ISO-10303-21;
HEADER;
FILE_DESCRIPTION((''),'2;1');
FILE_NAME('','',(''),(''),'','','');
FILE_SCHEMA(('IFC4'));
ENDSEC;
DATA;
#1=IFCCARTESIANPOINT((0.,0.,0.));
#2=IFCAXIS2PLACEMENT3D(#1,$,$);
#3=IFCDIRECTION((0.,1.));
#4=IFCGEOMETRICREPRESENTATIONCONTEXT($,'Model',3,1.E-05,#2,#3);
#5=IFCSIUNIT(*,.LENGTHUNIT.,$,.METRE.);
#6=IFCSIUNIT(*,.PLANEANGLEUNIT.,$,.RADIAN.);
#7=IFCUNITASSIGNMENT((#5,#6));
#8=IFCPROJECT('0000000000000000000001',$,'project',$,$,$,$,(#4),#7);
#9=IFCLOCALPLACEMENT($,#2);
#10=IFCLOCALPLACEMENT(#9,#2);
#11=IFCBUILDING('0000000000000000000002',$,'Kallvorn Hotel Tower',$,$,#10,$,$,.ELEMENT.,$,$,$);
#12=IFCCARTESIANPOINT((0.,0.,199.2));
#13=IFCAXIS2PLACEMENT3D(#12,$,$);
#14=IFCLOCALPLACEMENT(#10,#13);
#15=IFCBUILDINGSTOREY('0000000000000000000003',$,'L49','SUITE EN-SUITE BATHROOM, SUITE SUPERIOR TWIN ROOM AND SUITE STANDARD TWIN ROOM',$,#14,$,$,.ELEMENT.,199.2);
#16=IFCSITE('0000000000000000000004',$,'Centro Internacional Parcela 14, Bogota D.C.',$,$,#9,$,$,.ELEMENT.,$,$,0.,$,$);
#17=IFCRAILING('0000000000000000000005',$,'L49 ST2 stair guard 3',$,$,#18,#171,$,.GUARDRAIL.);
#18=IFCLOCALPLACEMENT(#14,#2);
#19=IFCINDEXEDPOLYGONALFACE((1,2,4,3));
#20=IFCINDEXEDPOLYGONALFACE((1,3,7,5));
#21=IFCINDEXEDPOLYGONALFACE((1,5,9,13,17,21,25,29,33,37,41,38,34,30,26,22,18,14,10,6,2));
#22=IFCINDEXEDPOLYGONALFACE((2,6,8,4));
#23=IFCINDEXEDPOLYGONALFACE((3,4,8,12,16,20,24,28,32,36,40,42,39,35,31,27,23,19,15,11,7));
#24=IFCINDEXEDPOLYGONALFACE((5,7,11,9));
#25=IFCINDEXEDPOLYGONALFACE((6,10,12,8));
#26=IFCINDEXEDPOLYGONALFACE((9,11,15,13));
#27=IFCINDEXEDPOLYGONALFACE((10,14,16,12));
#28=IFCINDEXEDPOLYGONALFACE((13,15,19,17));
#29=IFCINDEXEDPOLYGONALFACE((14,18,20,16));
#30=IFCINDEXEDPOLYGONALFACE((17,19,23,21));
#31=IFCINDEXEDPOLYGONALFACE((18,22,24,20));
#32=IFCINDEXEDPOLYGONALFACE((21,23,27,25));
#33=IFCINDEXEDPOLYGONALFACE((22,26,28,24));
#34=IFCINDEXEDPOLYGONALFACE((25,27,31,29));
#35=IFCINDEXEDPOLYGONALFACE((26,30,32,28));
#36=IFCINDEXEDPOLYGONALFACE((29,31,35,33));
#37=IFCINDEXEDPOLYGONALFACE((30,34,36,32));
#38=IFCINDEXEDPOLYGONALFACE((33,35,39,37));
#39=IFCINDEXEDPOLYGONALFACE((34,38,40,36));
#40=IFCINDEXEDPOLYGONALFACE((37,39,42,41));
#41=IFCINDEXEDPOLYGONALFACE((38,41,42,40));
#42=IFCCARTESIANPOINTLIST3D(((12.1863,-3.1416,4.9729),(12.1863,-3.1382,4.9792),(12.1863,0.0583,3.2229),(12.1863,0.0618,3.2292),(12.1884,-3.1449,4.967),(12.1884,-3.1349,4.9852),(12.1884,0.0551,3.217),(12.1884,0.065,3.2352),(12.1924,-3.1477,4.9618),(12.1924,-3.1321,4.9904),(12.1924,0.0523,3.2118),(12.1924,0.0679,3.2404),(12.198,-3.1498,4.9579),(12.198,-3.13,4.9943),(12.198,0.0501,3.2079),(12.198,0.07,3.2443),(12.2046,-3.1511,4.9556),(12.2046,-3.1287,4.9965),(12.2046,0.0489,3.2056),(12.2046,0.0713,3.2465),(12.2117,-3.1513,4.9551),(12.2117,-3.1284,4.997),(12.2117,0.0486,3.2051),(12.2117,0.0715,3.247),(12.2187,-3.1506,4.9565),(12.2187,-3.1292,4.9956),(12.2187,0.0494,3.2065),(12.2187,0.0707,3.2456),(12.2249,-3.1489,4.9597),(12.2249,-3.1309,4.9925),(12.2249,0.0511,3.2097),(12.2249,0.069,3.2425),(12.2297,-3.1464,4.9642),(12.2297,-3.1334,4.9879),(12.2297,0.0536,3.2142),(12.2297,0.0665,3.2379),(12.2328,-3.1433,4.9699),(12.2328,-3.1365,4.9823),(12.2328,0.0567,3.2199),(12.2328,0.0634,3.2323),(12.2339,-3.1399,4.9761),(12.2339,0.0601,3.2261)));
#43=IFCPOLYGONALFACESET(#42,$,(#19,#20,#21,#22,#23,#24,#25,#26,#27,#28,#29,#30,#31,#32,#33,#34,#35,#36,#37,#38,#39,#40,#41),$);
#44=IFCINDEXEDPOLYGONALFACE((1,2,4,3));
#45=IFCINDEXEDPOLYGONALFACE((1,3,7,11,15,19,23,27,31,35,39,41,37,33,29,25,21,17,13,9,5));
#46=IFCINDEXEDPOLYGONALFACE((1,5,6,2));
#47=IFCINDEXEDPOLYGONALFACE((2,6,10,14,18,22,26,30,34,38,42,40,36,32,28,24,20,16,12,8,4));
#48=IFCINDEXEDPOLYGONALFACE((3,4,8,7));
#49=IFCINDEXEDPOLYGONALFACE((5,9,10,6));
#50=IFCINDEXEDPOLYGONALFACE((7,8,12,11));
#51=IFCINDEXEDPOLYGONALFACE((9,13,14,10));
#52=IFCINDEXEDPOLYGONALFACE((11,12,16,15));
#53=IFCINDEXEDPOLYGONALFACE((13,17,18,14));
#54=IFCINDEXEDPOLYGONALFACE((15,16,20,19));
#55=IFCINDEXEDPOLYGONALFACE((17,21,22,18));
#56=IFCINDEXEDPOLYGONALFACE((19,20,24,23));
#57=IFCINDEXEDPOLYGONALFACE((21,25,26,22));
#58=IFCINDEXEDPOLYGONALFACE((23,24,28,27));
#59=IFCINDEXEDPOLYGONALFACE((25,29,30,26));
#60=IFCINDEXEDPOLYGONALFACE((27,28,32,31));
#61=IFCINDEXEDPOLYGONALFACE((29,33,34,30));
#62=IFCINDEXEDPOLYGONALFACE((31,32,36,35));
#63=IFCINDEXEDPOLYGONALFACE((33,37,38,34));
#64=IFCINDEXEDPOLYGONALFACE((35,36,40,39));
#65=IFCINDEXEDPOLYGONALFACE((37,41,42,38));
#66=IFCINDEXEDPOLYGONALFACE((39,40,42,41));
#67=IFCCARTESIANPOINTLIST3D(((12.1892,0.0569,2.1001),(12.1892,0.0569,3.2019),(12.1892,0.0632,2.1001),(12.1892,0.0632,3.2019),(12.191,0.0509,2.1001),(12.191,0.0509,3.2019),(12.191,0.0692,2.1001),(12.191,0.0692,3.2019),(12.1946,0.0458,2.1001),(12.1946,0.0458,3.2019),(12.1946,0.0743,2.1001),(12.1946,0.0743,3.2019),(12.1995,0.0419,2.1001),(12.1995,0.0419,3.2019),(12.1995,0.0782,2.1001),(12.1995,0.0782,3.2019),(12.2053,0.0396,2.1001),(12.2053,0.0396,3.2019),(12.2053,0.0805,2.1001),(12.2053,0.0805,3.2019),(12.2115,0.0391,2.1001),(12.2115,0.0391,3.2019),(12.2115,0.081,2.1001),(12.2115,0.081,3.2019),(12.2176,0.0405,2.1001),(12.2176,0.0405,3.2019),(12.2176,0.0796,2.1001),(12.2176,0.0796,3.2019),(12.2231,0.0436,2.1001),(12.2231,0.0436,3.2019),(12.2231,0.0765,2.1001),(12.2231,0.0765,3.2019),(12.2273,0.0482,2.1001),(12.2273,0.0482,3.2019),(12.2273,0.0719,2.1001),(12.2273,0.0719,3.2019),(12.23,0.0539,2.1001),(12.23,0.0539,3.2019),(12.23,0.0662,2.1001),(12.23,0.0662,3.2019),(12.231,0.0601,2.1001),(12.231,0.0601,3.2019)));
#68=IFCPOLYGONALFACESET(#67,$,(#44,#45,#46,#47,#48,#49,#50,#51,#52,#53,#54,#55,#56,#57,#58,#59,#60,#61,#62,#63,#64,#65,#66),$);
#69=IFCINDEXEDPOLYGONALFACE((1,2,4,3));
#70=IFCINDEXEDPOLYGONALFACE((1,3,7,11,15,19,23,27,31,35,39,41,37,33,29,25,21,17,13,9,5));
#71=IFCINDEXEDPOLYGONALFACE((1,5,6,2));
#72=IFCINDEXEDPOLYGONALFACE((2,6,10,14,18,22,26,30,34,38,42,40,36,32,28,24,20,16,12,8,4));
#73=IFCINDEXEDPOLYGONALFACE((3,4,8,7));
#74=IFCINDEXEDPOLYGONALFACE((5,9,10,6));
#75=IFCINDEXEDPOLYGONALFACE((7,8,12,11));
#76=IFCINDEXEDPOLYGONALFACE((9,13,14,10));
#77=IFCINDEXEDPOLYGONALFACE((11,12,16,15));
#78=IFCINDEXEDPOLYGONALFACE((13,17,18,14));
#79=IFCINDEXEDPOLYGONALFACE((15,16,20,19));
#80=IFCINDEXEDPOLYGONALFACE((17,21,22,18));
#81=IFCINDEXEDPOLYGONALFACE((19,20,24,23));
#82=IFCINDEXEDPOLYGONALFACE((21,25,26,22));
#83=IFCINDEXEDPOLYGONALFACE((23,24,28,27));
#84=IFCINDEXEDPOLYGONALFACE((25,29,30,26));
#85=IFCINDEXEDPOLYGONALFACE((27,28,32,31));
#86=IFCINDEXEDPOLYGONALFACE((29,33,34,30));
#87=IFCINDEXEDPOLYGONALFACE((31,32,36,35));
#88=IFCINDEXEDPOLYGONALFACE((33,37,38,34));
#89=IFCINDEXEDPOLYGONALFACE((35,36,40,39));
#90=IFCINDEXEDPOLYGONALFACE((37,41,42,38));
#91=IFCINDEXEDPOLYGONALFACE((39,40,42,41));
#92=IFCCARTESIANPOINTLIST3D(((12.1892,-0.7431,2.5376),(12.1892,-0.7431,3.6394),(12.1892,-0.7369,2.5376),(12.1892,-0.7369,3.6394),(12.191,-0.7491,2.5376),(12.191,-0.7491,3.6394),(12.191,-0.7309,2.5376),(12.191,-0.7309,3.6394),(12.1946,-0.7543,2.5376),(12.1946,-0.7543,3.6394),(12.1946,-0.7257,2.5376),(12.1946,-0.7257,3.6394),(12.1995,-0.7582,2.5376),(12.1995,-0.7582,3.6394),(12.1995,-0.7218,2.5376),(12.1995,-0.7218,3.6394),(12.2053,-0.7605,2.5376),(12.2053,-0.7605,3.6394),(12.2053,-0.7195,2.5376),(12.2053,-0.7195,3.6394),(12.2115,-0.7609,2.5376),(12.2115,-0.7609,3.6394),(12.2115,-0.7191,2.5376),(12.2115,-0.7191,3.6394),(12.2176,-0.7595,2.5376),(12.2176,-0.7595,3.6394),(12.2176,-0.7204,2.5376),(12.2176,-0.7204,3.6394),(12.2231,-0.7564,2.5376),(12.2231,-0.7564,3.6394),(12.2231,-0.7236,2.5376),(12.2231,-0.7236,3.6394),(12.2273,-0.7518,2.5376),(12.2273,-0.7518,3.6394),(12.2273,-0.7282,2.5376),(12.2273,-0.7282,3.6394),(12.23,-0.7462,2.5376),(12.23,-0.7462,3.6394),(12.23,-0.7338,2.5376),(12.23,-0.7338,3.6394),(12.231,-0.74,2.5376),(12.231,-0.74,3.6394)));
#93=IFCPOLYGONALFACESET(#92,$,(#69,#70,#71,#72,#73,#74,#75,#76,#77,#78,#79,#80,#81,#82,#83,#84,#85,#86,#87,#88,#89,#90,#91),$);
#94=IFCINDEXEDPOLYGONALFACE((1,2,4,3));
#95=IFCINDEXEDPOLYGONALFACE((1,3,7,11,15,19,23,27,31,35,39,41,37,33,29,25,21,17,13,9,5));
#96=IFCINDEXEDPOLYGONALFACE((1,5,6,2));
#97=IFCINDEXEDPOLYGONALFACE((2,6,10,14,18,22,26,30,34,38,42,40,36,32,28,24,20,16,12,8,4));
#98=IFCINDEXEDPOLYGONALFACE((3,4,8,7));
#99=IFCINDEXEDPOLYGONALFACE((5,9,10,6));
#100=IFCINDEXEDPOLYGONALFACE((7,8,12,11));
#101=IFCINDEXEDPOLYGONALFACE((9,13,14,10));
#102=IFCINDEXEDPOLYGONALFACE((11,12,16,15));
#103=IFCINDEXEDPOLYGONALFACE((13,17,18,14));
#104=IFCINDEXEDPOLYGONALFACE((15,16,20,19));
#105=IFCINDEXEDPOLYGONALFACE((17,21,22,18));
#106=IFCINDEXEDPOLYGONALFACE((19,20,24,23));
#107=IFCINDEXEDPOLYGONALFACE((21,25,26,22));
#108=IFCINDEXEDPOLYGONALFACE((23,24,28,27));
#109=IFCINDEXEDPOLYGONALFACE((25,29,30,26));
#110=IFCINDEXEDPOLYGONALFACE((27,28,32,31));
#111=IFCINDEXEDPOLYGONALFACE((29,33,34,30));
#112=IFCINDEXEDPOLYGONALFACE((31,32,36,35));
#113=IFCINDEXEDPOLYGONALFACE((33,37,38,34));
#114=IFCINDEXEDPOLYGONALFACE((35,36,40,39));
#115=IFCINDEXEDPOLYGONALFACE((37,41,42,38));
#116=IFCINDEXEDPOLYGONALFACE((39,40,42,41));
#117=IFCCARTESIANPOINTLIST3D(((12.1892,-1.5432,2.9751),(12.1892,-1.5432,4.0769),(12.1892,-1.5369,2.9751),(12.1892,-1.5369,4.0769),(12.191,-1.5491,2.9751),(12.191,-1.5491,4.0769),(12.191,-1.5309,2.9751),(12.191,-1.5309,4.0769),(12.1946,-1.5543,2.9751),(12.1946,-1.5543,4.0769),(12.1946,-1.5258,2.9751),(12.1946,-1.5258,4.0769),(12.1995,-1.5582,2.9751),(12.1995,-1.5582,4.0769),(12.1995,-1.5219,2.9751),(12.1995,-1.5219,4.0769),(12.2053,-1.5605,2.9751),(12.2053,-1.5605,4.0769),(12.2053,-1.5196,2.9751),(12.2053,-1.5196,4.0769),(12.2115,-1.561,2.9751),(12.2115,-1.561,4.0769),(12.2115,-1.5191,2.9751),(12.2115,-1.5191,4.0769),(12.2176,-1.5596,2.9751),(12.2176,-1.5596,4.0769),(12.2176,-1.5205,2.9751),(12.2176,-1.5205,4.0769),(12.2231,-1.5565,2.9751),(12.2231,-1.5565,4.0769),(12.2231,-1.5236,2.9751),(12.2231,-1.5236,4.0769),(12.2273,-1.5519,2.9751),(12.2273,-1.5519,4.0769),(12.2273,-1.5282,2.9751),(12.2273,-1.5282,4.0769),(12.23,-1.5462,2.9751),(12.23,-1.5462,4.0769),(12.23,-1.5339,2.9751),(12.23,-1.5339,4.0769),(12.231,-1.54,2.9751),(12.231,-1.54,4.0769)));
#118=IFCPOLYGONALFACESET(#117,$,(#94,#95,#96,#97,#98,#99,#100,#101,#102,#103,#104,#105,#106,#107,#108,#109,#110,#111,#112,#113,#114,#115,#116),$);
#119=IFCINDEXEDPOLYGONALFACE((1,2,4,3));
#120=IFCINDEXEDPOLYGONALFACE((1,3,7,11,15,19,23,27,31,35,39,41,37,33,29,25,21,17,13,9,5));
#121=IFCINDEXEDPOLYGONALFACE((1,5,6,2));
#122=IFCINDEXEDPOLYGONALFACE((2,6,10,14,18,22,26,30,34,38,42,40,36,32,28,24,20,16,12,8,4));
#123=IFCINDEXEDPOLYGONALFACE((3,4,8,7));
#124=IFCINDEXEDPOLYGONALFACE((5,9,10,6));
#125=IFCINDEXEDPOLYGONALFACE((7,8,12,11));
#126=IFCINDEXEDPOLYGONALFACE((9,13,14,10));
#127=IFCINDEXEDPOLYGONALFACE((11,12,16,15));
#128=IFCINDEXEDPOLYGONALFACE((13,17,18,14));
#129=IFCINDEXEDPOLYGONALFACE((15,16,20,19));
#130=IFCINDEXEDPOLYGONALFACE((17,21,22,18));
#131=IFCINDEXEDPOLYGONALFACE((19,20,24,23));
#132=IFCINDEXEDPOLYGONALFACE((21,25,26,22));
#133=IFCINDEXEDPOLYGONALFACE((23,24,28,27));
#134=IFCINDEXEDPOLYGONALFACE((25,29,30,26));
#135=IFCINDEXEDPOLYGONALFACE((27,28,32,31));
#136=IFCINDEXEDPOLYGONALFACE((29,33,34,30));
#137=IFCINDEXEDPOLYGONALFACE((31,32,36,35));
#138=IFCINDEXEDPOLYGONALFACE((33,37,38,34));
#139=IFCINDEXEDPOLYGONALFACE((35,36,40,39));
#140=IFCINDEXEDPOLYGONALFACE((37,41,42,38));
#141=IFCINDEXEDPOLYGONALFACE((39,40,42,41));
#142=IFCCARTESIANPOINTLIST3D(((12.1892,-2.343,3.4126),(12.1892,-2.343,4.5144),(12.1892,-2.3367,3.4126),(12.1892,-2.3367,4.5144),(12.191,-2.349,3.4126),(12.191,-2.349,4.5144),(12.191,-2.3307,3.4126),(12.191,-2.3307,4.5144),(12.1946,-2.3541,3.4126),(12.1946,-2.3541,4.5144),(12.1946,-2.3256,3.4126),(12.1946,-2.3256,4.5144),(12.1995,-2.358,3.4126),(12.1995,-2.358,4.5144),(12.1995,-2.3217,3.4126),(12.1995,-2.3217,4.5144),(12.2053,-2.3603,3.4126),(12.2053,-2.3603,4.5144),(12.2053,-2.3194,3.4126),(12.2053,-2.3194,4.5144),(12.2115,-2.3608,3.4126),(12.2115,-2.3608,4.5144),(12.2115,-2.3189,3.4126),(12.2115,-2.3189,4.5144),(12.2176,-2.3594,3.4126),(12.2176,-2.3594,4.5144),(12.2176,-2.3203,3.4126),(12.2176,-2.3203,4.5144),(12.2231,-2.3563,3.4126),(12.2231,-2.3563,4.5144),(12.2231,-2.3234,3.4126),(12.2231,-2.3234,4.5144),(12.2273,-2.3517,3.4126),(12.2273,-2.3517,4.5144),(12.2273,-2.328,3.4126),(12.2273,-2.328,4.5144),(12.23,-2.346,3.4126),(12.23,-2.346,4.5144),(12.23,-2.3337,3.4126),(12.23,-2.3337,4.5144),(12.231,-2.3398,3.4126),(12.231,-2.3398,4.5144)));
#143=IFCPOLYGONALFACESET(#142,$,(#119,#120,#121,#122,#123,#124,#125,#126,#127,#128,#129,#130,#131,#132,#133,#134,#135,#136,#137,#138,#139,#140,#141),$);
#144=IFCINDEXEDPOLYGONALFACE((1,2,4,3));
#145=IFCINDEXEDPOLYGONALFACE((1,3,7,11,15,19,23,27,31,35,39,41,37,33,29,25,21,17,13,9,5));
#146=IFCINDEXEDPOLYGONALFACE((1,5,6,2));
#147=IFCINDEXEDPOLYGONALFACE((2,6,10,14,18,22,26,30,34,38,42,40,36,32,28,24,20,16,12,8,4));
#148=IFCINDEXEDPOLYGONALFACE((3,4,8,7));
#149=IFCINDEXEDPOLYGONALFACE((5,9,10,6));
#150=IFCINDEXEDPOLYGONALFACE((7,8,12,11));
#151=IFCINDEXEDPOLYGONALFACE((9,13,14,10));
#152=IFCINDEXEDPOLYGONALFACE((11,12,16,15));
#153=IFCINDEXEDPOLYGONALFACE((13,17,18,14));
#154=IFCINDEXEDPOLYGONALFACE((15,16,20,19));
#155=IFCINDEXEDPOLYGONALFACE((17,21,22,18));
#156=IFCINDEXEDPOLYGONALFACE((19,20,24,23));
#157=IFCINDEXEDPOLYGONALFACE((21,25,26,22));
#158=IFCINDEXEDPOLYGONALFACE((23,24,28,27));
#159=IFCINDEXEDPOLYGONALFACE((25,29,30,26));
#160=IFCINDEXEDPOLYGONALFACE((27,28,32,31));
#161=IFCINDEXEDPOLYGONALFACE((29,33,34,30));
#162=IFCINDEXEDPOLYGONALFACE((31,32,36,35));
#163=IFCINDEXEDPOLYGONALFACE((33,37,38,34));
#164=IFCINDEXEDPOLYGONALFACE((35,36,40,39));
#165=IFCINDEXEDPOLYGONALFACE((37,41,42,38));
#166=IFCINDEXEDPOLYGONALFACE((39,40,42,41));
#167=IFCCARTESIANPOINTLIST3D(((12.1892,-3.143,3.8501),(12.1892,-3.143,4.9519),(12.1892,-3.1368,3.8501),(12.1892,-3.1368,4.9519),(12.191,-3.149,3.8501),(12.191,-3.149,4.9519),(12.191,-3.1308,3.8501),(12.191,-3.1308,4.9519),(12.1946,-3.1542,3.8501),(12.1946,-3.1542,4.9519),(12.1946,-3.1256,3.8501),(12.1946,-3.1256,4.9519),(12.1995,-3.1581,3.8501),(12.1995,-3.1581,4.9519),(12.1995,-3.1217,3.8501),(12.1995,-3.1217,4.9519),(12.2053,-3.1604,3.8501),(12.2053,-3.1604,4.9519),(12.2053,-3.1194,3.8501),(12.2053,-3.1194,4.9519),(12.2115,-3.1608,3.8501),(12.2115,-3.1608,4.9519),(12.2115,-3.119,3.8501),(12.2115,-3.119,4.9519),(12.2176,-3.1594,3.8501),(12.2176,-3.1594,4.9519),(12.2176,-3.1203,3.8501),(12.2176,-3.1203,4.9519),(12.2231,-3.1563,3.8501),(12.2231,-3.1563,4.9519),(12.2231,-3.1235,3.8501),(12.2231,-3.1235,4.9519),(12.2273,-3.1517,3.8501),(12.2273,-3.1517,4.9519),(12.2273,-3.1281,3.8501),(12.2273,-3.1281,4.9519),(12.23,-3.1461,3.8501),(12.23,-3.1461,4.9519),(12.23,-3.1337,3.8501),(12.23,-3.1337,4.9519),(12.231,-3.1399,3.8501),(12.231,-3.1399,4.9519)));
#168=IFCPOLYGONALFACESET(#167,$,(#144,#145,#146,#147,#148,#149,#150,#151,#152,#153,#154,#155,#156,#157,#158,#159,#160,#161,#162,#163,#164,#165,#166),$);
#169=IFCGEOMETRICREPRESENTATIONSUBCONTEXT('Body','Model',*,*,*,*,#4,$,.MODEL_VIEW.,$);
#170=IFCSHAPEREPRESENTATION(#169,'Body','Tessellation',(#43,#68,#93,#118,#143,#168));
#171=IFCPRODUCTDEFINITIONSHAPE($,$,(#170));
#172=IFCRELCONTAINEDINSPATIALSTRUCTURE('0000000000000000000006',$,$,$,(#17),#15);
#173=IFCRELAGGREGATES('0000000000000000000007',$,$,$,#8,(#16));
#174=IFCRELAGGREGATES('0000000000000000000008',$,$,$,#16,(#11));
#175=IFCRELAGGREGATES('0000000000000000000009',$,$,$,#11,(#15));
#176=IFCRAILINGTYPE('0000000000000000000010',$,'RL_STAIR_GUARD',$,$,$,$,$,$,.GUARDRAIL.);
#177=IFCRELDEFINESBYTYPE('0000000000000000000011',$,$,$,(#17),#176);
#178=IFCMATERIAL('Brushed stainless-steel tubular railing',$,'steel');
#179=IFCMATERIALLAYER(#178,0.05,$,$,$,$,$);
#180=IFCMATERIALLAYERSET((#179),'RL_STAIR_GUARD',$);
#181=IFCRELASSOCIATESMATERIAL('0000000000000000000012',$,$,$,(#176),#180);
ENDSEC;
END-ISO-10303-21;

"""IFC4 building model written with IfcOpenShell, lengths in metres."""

from ifc_helpers import new_model, si_unit, direction, frame, origin, origin_2d, place, context, subcontext, project, spatial, circle, extrude, material, layer, layer_set, type_object, element, save


model = new_model("IFC4")

# Units and contexts
model_context = context("Model", 3, precision=1e-05, world=origin(), true_north=direction((0.0, 1.0)))
body_context = subcontext(model_context, "Body", "Model", "MODEL_VIEW")
ifc_project = project(units=[si_unit("LENGTHUNIT", "METRE"), si_unit("PLANEANGLEUNIT", "RADIAN")], contexts=[model_context])

# Site, building, storey
site_placement = place(None, origin())
site = spatial("IfcSite", under=ifc_project, at=site_placement, Name="Centro Internacional Parcela 14, Bogota D.C.", CompositionType="ELEMENT", RefElevation=0.0)
building_placement = place(site_placement, origin())
building = spatial("IfcBuilding", under=site, at=building_placement, Name="Kallvorn Hotel Tower", CompositionType="ELEMENT")
storey_placement = place(building_placement, frame((0.0, 0.0, 199.2)))
storey = spatial("IfcBuildingStorey", under=building, at=storey_placement, Name="L49", Description="SUITE EN-SUITE BATHROOM, SUITE SUPERIOR TWIN ROOM AND SUITE STANDARD TWIN ROOM", CompositionType="ELEMENT", Elevation=199.2)

# Railing
ifc_material_1 = material(Name="Brushed stainless-steel tubular railing", Category="steel")
ifc_layer_1 = layer(ifc_material_1, 0.05)
ifc_layer_set_1 = layer_set([ifc_layer_1], Name="RL_STAIR_GUARD")
railing_type_1 = type_object("IfcRailingType", Name="RL_STAIR_GUARD", PredefinedType="GUARDRAIL", material=ifc_layer_set_1)
railing_1_placement = place(storey_placement, frame((12.21, 0.0601, 2.1001)))
element("IfcRailing", 1, at=railing_1_placement, inside=storey, type_object=railing_type_1, Name="L49 ST2 stair guard 3", PredefinedType="GUARDRAIL", context=body_context, shape_type="SweptSolid", body=[
    extrude(circle(Radius=0.0239, at=origin_2d()), frame((0.0, 0.0, 1.126), z_axis=(0.0, -0.877368, 0.479818), x_axis=(1.0, 0.0, 0.0)), (0.0, 0.0, 1.0), 3.6472),
    extrude(circle(Radius=0.021, at=origin_2d()), origin(), (0.0, 0.0, 1.0), 1.1018),
    extrude(circle(Radius=0.021, at=origin_2d()), frame((0.0, -0.8, 0.4375)), (0.0, 0.0, 1.0), 1.1018),
    extrude(circle(Radius=0.021, at=origin_2d()), frame((0.0, -1.6001, 0.875)), (0.0, 0.0, 1.0), 1.1018),
    extrude(circle(Radius=0.021, at=origin_2d()), frame((0.0, -2.3999, 1.3125)), (0.0, 0.0, 1.0), 1.1018),
    extrude(circle(Radius=0.021, at=origin_2d()), frame((0.0, -3.2, 1.75)), (0.0, 0.0, 1.0), 1.1018),
])

save(model, "model.ifc")
